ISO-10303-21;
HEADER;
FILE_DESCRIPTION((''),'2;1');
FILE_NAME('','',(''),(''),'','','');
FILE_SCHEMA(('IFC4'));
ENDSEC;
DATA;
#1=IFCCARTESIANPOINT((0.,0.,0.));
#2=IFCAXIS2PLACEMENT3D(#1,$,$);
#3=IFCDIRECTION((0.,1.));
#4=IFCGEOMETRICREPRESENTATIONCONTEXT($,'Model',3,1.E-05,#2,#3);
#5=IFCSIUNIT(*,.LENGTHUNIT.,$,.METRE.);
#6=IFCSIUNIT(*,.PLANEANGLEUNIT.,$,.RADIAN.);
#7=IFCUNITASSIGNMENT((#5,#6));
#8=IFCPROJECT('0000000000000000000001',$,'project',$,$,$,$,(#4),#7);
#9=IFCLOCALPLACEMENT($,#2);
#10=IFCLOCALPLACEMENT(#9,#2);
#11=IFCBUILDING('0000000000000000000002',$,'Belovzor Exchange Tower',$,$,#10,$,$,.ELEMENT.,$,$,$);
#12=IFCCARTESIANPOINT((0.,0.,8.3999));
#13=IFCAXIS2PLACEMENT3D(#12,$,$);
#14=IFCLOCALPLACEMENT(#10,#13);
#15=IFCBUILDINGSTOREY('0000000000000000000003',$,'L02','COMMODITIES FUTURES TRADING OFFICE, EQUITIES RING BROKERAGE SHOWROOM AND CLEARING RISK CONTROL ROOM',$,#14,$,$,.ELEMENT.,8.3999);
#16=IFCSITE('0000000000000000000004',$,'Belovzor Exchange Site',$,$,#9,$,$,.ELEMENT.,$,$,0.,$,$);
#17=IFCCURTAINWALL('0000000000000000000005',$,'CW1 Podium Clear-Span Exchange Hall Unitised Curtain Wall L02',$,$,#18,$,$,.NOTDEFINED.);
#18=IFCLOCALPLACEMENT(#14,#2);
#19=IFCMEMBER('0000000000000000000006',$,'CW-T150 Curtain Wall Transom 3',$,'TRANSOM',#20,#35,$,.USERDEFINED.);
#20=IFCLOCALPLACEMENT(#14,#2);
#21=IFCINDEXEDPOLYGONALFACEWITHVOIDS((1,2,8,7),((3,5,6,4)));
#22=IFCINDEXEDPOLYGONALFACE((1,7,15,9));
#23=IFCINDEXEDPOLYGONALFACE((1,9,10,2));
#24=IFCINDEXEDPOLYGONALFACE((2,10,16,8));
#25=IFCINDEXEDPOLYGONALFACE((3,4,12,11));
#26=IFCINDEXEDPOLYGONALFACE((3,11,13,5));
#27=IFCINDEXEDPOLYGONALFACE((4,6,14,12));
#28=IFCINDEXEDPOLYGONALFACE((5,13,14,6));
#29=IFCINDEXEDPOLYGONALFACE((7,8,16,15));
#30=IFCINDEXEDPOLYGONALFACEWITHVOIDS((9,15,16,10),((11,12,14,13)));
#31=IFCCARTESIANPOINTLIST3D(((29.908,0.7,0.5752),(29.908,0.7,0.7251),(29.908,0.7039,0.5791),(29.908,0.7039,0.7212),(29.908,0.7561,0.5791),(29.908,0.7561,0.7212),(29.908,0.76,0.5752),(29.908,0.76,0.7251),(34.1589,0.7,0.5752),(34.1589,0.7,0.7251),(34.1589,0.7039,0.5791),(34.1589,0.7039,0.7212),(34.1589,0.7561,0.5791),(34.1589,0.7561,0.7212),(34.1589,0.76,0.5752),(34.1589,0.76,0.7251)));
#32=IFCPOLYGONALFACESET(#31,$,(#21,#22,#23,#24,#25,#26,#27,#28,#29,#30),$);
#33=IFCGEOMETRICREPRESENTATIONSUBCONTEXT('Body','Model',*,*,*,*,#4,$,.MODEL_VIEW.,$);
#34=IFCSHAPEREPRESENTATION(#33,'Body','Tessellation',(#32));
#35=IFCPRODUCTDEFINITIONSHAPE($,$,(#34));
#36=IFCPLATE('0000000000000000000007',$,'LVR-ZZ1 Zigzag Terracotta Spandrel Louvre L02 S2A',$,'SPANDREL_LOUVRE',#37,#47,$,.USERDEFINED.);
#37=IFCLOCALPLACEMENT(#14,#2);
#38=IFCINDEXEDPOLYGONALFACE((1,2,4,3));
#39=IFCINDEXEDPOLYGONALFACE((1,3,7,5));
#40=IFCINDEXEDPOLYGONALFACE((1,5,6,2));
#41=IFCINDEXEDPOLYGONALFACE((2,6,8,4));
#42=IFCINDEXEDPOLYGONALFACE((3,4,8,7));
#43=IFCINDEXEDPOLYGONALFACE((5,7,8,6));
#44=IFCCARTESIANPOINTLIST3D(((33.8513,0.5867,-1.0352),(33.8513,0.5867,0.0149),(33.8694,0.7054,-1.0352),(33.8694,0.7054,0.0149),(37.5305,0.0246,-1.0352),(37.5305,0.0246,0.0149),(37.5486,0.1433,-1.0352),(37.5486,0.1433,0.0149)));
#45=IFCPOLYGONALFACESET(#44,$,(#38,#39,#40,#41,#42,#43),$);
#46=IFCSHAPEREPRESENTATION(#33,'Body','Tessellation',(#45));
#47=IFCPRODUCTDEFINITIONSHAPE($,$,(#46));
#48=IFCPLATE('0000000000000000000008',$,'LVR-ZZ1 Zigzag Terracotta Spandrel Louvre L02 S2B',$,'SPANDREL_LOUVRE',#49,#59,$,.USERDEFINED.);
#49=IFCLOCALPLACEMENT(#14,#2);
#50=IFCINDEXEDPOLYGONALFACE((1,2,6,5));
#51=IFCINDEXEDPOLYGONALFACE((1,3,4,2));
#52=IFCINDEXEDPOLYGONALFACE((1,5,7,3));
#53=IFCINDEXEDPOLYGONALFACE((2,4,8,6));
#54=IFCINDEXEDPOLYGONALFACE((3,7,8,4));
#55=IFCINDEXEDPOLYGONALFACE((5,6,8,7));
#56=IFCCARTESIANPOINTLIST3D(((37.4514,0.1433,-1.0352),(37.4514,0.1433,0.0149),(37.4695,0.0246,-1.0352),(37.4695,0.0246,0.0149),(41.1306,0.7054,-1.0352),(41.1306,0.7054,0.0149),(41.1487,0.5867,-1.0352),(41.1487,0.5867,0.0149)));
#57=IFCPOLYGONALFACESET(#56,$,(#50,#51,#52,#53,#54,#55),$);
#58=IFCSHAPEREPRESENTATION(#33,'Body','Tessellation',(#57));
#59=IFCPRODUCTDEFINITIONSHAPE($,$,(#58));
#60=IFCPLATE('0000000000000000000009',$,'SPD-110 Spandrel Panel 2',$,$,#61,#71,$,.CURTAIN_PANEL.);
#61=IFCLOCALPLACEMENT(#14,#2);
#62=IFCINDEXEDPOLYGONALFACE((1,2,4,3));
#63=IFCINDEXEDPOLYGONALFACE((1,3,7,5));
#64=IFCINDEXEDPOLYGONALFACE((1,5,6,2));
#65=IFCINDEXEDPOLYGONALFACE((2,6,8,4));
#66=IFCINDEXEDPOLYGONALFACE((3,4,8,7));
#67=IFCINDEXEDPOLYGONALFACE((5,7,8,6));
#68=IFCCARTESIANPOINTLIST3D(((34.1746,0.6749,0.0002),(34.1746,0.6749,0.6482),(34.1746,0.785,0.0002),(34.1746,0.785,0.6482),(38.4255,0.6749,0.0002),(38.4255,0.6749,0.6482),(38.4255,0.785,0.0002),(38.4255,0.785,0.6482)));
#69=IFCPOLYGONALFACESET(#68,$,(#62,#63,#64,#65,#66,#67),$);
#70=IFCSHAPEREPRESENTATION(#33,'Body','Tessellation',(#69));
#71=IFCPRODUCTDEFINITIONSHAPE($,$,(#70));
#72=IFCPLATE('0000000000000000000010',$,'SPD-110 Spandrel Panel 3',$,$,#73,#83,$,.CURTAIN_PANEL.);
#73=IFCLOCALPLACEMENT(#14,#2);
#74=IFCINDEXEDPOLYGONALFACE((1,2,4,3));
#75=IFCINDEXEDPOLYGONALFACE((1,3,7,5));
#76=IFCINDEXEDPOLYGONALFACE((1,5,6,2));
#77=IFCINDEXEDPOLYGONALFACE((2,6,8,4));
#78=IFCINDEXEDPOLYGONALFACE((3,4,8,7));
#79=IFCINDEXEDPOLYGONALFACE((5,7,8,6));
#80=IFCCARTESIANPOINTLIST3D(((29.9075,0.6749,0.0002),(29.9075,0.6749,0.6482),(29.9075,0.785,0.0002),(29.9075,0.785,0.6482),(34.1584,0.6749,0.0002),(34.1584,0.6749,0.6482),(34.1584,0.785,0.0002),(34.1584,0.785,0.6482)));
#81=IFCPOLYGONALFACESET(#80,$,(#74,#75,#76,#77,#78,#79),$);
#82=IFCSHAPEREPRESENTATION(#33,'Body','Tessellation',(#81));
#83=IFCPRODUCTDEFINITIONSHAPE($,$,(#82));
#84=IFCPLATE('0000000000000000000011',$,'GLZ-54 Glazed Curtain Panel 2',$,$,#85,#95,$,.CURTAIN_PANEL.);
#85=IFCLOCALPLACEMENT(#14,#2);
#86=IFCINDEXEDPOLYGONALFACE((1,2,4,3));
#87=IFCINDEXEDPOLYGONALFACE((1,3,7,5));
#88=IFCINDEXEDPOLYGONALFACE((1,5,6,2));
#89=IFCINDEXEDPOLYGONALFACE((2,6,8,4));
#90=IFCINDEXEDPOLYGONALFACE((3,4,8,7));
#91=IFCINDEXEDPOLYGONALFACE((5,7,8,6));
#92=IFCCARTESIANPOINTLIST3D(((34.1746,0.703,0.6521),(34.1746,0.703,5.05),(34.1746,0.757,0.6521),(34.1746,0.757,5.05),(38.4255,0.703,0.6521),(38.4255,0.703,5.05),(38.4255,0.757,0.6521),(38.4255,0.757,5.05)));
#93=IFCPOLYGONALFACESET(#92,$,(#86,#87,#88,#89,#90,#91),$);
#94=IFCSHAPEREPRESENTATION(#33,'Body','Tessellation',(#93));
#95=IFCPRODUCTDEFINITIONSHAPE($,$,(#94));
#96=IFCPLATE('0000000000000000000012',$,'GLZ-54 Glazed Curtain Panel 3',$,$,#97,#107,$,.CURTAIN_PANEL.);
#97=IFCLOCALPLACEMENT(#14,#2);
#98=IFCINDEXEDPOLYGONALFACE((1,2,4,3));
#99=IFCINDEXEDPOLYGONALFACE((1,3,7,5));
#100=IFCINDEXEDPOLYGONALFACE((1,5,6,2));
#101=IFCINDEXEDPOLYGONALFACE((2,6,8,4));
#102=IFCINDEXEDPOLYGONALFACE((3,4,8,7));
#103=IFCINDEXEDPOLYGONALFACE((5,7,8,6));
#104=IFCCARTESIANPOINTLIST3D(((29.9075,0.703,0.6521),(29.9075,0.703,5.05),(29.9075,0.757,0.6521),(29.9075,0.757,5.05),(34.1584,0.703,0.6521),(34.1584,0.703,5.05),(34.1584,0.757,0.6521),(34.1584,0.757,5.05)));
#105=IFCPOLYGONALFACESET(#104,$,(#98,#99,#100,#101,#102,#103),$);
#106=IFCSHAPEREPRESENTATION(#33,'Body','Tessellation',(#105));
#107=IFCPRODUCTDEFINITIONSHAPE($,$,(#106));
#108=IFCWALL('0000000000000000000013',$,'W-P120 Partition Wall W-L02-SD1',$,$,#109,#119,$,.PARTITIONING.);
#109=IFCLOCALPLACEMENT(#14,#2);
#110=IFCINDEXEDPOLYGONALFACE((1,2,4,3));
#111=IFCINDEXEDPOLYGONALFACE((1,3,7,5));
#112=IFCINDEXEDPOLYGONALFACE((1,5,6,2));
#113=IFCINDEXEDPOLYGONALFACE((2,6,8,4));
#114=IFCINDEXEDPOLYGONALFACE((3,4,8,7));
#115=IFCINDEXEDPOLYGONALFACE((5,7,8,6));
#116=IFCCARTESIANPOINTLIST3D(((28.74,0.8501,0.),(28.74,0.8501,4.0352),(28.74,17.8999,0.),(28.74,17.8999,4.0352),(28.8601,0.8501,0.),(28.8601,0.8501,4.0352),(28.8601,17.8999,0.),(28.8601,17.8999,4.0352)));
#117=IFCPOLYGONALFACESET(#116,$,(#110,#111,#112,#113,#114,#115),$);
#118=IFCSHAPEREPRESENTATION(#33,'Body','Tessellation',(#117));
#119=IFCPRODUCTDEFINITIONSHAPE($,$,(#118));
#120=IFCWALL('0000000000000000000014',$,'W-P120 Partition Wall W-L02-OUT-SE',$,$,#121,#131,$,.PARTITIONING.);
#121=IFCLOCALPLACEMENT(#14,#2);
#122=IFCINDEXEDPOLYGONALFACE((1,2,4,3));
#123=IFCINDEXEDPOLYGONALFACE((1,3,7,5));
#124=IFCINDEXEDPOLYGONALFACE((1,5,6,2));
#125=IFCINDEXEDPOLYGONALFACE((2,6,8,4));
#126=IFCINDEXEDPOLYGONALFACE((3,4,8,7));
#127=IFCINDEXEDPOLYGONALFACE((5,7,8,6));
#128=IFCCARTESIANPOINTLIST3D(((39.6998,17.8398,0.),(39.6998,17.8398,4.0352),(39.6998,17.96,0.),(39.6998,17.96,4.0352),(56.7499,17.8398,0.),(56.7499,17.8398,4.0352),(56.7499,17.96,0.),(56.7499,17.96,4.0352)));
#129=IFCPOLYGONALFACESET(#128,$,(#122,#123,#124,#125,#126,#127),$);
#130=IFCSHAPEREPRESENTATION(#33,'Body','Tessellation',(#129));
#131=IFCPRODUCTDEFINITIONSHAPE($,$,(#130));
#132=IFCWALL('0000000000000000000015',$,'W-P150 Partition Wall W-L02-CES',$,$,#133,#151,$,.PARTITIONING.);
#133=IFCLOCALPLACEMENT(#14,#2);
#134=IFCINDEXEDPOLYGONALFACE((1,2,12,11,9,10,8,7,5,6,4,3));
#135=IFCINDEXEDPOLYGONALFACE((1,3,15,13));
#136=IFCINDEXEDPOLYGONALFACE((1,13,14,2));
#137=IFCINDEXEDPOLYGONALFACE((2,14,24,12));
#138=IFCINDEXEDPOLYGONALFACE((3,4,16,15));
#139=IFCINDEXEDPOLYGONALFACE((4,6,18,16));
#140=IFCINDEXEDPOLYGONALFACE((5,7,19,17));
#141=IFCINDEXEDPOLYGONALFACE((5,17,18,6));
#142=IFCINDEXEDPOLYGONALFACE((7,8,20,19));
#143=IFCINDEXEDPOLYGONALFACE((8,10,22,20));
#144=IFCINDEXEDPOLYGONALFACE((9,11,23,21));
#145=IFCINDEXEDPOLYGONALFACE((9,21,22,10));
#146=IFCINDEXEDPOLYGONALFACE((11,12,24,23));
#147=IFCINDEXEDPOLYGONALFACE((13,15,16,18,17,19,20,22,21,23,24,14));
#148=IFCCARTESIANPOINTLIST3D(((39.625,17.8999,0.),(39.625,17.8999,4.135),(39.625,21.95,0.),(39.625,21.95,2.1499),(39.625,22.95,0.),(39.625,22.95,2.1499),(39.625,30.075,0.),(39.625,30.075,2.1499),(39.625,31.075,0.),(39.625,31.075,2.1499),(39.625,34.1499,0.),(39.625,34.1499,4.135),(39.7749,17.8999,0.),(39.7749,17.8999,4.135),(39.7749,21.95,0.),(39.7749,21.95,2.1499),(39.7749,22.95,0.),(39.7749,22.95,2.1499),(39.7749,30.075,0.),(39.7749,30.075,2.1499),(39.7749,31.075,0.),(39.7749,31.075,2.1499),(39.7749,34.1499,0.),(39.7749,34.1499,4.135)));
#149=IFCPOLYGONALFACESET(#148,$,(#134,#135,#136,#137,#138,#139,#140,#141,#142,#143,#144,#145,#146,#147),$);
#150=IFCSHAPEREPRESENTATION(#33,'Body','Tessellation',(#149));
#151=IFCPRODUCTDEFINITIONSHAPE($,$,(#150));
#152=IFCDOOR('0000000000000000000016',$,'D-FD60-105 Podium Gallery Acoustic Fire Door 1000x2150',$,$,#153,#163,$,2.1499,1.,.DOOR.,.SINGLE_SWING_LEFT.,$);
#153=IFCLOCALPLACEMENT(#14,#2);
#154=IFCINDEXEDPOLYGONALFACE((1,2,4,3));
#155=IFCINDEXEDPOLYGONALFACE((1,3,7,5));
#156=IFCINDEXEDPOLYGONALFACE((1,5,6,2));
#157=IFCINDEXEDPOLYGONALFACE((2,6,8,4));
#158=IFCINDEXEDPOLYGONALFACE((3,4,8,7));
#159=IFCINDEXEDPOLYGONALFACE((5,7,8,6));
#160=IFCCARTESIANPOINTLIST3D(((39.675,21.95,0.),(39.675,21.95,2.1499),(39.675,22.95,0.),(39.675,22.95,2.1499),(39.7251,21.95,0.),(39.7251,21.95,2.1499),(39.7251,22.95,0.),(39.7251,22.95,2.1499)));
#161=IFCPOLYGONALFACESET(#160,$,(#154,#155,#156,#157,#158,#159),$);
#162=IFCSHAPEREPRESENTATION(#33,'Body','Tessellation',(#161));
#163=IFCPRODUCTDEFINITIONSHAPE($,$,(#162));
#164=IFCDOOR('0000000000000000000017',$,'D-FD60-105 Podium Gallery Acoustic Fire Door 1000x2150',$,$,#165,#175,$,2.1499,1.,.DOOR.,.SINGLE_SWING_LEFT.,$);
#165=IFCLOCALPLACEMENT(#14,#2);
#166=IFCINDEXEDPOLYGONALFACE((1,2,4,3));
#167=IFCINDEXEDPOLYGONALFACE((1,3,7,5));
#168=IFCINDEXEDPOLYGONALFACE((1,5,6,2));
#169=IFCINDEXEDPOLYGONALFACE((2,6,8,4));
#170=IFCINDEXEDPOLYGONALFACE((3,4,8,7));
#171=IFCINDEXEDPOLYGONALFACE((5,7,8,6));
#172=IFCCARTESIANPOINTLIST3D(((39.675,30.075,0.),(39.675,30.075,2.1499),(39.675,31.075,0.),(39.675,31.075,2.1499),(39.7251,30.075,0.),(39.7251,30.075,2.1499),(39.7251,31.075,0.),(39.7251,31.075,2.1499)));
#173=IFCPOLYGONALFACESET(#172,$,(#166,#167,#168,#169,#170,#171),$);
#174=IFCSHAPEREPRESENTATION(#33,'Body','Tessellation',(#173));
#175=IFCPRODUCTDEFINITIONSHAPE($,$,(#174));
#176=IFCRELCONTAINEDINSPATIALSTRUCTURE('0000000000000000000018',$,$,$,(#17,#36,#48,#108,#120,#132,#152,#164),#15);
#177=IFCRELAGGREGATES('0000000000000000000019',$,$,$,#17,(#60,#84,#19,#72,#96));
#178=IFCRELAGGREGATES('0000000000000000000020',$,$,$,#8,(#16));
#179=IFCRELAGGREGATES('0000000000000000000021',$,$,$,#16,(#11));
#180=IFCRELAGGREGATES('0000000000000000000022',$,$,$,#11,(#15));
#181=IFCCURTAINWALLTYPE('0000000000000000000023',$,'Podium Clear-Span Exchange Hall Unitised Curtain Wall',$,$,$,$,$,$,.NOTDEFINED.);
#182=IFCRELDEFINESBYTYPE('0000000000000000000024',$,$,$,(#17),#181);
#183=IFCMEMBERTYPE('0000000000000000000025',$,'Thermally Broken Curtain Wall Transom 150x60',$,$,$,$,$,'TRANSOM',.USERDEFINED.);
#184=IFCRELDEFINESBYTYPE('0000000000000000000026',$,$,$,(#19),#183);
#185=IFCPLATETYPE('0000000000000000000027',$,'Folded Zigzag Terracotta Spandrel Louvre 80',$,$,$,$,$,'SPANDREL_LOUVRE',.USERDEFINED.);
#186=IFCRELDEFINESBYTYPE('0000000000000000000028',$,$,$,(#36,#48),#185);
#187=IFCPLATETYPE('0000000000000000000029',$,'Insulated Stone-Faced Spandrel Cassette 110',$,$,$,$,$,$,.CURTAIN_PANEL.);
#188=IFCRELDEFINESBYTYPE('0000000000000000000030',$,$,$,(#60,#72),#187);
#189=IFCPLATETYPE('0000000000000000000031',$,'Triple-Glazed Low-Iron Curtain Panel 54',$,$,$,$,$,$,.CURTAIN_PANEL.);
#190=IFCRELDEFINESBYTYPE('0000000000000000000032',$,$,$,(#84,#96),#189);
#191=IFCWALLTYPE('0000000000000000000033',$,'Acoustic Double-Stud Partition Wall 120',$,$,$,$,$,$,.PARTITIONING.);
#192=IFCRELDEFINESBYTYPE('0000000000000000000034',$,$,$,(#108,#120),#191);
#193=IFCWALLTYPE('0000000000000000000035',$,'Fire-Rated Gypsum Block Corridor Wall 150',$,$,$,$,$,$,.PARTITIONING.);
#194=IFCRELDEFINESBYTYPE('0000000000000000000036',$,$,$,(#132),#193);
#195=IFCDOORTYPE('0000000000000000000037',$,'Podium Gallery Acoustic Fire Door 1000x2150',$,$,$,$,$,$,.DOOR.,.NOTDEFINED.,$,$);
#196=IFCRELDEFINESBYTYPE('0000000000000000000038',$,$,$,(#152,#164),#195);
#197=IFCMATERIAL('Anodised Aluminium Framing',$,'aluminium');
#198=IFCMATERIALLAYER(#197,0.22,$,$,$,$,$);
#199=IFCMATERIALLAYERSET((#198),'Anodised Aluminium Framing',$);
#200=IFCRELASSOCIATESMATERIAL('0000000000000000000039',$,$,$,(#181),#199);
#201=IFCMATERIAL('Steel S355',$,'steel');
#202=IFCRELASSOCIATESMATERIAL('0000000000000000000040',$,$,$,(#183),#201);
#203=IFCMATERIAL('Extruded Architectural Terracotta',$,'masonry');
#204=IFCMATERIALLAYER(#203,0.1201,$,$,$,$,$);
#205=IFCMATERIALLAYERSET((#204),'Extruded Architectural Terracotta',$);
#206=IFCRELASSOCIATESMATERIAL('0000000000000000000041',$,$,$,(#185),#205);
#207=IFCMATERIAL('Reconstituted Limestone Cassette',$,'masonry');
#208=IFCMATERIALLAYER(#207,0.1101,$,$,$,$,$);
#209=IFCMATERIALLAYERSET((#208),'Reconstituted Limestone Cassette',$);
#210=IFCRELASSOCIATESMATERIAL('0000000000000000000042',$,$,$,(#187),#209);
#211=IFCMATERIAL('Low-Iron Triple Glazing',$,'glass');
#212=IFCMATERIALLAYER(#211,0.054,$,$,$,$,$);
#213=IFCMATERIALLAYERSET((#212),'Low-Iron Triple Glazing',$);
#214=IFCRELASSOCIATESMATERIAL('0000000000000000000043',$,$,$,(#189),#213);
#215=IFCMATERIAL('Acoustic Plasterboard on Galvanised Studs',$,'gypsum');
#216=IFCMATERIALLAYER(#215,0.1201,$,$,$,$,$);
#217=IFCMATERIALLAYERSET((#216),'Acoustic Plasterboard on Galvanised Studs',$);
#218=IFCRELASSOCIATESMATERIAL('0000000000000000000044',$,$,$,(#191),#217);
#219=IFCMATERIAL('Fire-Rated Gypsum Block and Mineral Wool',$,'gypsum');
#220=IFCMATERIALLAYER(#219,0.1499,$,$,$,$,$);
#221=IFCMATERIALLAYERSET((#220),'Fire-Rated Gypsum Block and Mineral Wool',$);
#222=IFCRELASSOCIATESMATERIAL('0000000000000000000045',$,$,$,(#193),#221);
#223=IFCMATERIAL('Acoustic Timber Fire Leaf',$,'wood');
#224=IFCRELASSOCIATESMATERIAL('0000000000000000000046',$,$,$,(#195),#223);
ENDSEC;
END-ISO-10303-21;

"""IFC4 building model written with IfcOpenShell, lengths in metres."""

from ifc_helpers import new_model, si_unit, direction, frame, frame_2d, origin, origin_2d, place, context, subcontext, project, spatial, rectangle, hollow_rectangle, extrude, material, layer, layer_set, material_profile, profile_set, type_object, element, fill, aggregate, save


model = new_model("IFC4")

# Units and contexts
model_context = context("Model", 3, precision=1e-05, world=origin(), true_north=direction((0.0, 1.0)))
body_context = subcontext(model_context, "Body", "Model", "MODEL_VIEW")
ifc_project = project(units=[si_unit("LENGTHUNIT", "METRE"), si_unit("PLANEANGLEUNIT", "RADIAN")], contexts=[model_context])

# Site, building, storey
site_placement = place(None, origin())
site = spatial("IfcSite", under=ifc_project, at=site_placement, Name="Belovzor Exchange Site", CompositionType="ELEMENT", RefElevation=0.0)
building_placement = place(site_placement, origin())
building = spatial("IfcBuilding", under=site, at=building_placement, Name="Belovzor Exchange Tower", CompositionType="ELEMENT")
storey_placement = place(building_placement, frame((0.0, 0.0, 8.3999)))
storey = spatial("IfcBuildingStorey", under=building, at=storey_placement, Name="L02", Description="COMMODITIES FUTURES TRADING OFFICE, EQUITIES RING BROKERAGE SHOWROOM AND CLEARING RISK CONTROL ROOM", CompositionType="ELEMENT", Elevation=8.3999)

# Curtain wall, member
ifc_material_1 = material(Name="Anodised Aluminium Framing", Category="aluminium")
ifc_layer_1 = layer(ifc_material_1, 0.22)
ifc_layer_set_1 = layer_set([ifc_layer_1], Name="Anodised Aluminium Framing")
curtain_wall_type = type_object("IfcCurtainWallType", Name="Podium Clear-Span Exchange Hall Unitised Curtain Wall", PredefinedType="NOTDEFINED", material=ifc_layer_set_1)
curtain_wall_placement = place(storey_placement, origin())
curtain_wall = element("IfcCurtainWall", 1, at=curtain_wall_placement, inside=storey, type_object=curtain_wall_type, Name="CW1 Podium Clear-Span Exchange Hall Unitised Curtain Wall L02", PredefinedType="NOTDEFINED")
ifc_material_2 = material(Name="Steel S355", Category="steel")
ifc_material_profile_1 = material_profile(ifc_material_2, hollow_rectangle(XDim=0.0601, YDim=0.1499, WallThickness=0.0039, at=origin_2d()))
ifc_profile_set_1 = profile_set([ifc_material_profile_1], Name="Steel S355")
member_type_1 = type_object("IfcMemberType", Name="Thermally Broken Curtain Wall Transom 150x60", ElementType="TRANSOM", PredefinedType="USERDEFINED", material=ifc_profile_set_1)
member_1_placement = place(storey_placement, frame((34.1589, 0.73, 0.6501), z_axis=(-1.0, 0.0, 0.0), x_axis=(0.0, -1.0, 0.0)))
member_1 = element("IfcMember", 2, at=member_1_placement, type_object=member_type_1, Name="CW-T150 Curtain Wall Transom 3", ObjectType="TRANSOM", PredefinedType="USERDEFINED", context=body_context, shape_type="SweptSolid", body=[
    extrude(hollow_rectangle(XDim=0.0601, YDim=0.1499, WallThickness=0.0039, at=origin_2d()), origin(), (0.0, 0.0, 1.0), 4.251),
])

# Plates
ifc_material_3 = material(Name="Extruded Architectural Terracotta", Category="masonry")
ifc_layer_2 = layer(ifc_material_3, 0.1201)
ifc_layer_set_2 = layer_set([ifc_layer_2], Name="Extruded Architectural Terracotta")
plate_type_1 = type_object("IfcPlateType", Name="Folded Zigzag Terracotta Spandrel Louvre 80", ElementType="SPANDREL_LOUVRE", PredefinedType="USERDEFINED", material=ifc_layer_set_2)
for number, where, z_axis, x_axis, name in (
    (3, (35.7, 0.365, -1.0352), (0.0, 0.0, 1.0), (0.988531, -0.151019, 0.0), "LVR-ZZ1 Zigzag Terracotta Spandrel Louvre L02 S2A"),
    (4, (39.3, 0.365, -1.0352), (0.0, 0.0, 1.0), (0.988531, 0.151019, 0.0), "LVR-ZZ1 Zigzag Terracotta Spandrel Louvre L02 S2B"),
):
    element("IfcPlate", number, at=place(storey_placement, frame(where, z_axis=z_axis, x_axis=x_axis)), inside=storey, type_object=plate_type_1, Name=name, ObjectType="SPANDREL_LOUVRE", PredefinedType="USERDEFINED", context=body_context, shape_type="SweptSolid", body=[
        extrude(rectangle(XDim=3.7219, YDim=0.1201, at=origin_2d()), origin(), (0.0, 0.0, 1.0), 1.05),
    ])

# Plates
ifc_material_4 = material(Name="Reconstituted Limestone Cassette", Category="masonry")
ifc_layer_3 = layer(ifc_material_4, 0.1101)
ifc_layer_set_3 = layer_set([ifc_layer_3], Name="Reconstituted Limestone Cassette")
plate_type_2 = type_object("IfcPlateType", Name="Insulated Stone-Faced Spandrel Cassette 110", PredefinedType="CURTAIN_PANEL", material=ifc_layer_set_3)
plate_1_placement = place(storey_placement, frame((36.3, 0.73, 0.0002), z_axis=(0.0, 0.0, 1.0), x_axis=(-1.0, 0.0, 0.0)))
plate_1 = element("IfcPlate", 5, at=plate_1_placement, type_object=plate_type_2, Name="SPD-110 Spandrel Panel 2", PredefinedType="CURTAIN_PANEL", context=body_context, shape_type="SweptSolid", body=[
    extrude(rectangle(XDim=4.251, YDim=0.1101, at=origin_2d()), origin(), (0.0, 0.0, 1.0), 0.6479),
])
plate_2_placement = place(storey_placement, frame((32.033, 0.73, 0.0002), z_axis=(0.0, 0.0, 1.0), x_axis=(-1.0, 0.0, 0.0)))
plate_2 = element("IfcPlate", 6, at=plate_2_placement, type_object=plate_type_2, Name="SPD-110 Spandrel Panel 3", PredefinedType="CURTAIN_PANEL", context=body_context, shape_type="SweptSolid", body=[
    extrude(rectangle(XDim=4.251, YDim=0.1101, at=origin_2d()), origin(), (0.0, 0.0, 1.0), 0.6479),
])
ifc_material_5 = material(Name="Low-Iron Triple Glazing", Category="glass")
ifc_layer_4 = layer(ifc_material_5, 0.054)
ifc_layer_set_4 = layer_set([ifc_layer_4], Name="Low-Iron Triple Glazing")
plate_type_3 = type_object("IfcPlateType", Name="Triple-Glazed Low-Iron Curtain Panel 54", PredefinedType="CURTAIN_PANEL", material=ifc_layer_set_4)
plate_3_placement = place(storey_placement, frame((36.3, 0.73, 0.6521), z_axis=(0.0, 0.0, 1.0), x_axis=(-1.0, 0.0, 0.0)))
plate_3 = element("IfcPlate", 7, at=plate_3_placement, type_object=plate_type_3, Name="GLZ-54 Glazed Curtain Panel 2", PredefinedType="CURTAIN_PANEL", context=body_context, shape_type="SweptSolid", body=[
    extrude(rectangle(XDim=4.251, YDim=0.054, at=origin_2d()), origin(), (0.0, 0.0, 1.0), 4.3979),
])
plate_4_placement = place(storey_placement, frame((32.033, 0.73, 0.6521), z_axis=(0.0, 0.0, 1.0), x_axis=(-1.0, 0.0, 0.0)))
plate_4 = element("IfcPlate", 8, at=plate_4_placement, type_object=plate_type_3, Name="GLZ-54 Glazed Curtain Panel 3", PredefinedType="CURTAIN_PANEL", context=body_context, shape_type="SweptSolid", body=[
    extrude(rectangle(XDim=4.251, YDim=0.054, at=origin_2d()), origin(), (0.0, 0.0, 1.0), 4.3979),
])
aggregate(curtain_wall, [plate_1, plate_3, member_1, plate_2, plate_4])

# Walls
ifc_material_6 = material(Name="Acoustic Plasterboard on Galvanised Studs", Category="gypsum")
ifc_layer_5 = layer(ifc_material_6, 0.1201)
ifc_layer_set_5 = layer_set([ifc_layer_5], Name="Acoustic Plasterboard on Galvanised Studs")
wall_type_1 = type_object("IfcWallType", Name="Acoustic Double-Stud Partition Wall 120", PredefinedType="PARTITIONING", material=ifc_layer_set_5)
wall_1_placement = place(storey_placement, frame((28.8, 0.8501, 0.0), z_axis=(0.0, 0.0, 1.0), x_axis=(0.0, 1.0, 0.0)))
element("IfcWall", 9, at=wall_1_placement, inside=storey, type_object=wall_type_1, Name="W-P120 Partition Wall W-L02-SD1", PredefinedType="PARTITIONING", context=body_context, shape_type="SweptSolid", body=[
    extrude(rectangle(XDim=17.0498, YDim=0.1201, at=frame_2d((8.5249, 0.0))), origin(), (0.0, 0.0, 1.0), 4.0352),
])
wall_2_placement = place(storey_placement, frame((39.7, 17.8999, 0.0), z_axis=(0.0, 0.0, 1.0), x_axis=(1.0, 0.0, 0.0)))
element("IfcWall", 10, at=wall_2_placement, inside=storey, type_object=wall_type_1, Name="W-P120 Partition Wall W-L02-OUT-SE", PredefinedType="PARTITIONING", context=body_context, shape_type="SweptSolid", body=[
    extrude(rectangle(XDim=17.05, YDim=0.1201, at=frame_2d((8.5249, 0.0))), origin(), (0.0, 0.0, 1.0), 4.0352),
])

# Wall, openings, doors
ifc_material_7 = material(Name="Fire-Rated Gypsum Block and Mineral Wool", Category="gypsum")
ifc_layer_6 = layer(ifc_material_7, 0.1499)
ifc_layer_set_6 = layer_set([ifc_layer_6], Name="Fire-Rated Gypsum Block and Mineral Wool")
wall_type_2 = type_object("IfcWallType", Name="Fire-Rated Gypsum Block Corridor Wall 150", PredefinedType="PARTITIONING", material=ifc_layer_set_6)
wall_3_placement = place(storey_placement, frame((39.7, 17.8999, 0.0), z_axis=(0.0, 0.0, 1.0), x_axis=(0.0, 1.0, 0.0)))
wall_3 = element("IfcWall", 11, at=wall_3_placement, inside=storey, type_object=wall_type_2, Name="W-P150 Partition Wall W-L02-CES", PredefinedType="PARTITIONING", context=body_context, shape_type="SweptSolid", body=[
    extrude(rectangle(XDim=16.25, YDim=0.1499, at=frame_2d((8.125, 0.0))), origin(), (0.0, 0.0, 1.0), 4.135),
])
opening_1_placement = place(wall_3_placement, frame((4.05, 0.0, 0.0)))
opening_1 = element("IfcOpeningElement", 12, at=opening_1_placement, cuts=wall_3, PredefinedType="OPENING", context=body_context, shape_type="SweptSolid", body=[
    extrude(rectangle(XDim=1.0, YDim=2.1499, at=frame_2d((0.5, 1.075))), frame((0.0, 0.085, 0.0), z_axis=(0.0, -1.0, 0.0), x_axis=(1.0, 0.0, 0.0)), (0.0, 0.0, 1.0), 0.1699),
])
opening_2_placement = place(wall_3_placement, frame((12.175, 0.0, 0.0)))
opening_2 = element("IfcOpeningElement", 13, at=opening_2_placement, cuts=wall_3, PredefinedType="OPENING", context=body_context, shape_type="SweptSolid", body=[
    extrude(rectangle(XDim=1.0, YDim=2.1499, at=frame_2d((0.5, 1.075))), frame((0.0, 0.085, 0.0), z_axis=(0.0, -1.0, 0.0), x_axis=(1.0, 0.0, 0.0)), (0.0, 0.0, 1.0), 0.1699),
])
ifc_material_8 = material(Name="Acoustic Timber Fire Leaf", Category="wood")
door_type = type_object("IfcDoorType", Name="Podium Gallery Acoustic Fire Door 1000x2150", OperationType="NOTDEFINED", PredefinedType="DOOR", material=ifc_material_8)
door_1_placement = place(opening_1_placement, origin())
door_1 = element("IfcDoor", 14, at=door_1_placement, inside=storey, type_object=door_type, Name="D-FD60-105 Podium Gallery Acoustic Fire Door 1000x2150", OperationType="SINGLE_SWING_LEFT", OverallHeight=2.1499, OverallWidth=1.0, PredefinedType="DOOR", context=body_context, shape_type="SweptSolid", body=[
    extrude(rectangle(XDim=1.0, YDim=2.1499, at=frame_2d((0.5, 1.075))), frame((0.0, 0.0249, 0.0), z_axis=(0.0, -1.0, 0.0), x_axis=(1.0, 0.0, 0.0)), (0.0, 0.0, 1.0), 0.05),
])
fill(opening_1, door_1)
door_2_placement = place(opening_2_placement, origin())
door_2 = element("IfcDoor", 15, at=door_2_placement, inside=storey, type_object=door_type, Name="D-FD60-105 Podium Gallery Acoustic Fire Door 1000x2150", OperationType="SINGLE_SWING_LEFT", OverallHeight=2.1499, OverallWidth=1.0, PredefinedType="DOOR", context=body_context, shape_type="SweptSolid", body=[
    extrude(rectangle(XDim=1.0, YDim=2.1499, at=frame_2d((0.5, 1.075))), frame((0.0, 0.0249, 0.0), z_axis=(0.0, -1.0, 0.0), x_axis=(1.0, 0.0, 0.0)), (0.0, 0.0, 1.0), 0.05),
])
fill(opening_2, door_2)

save(model, "model.ifc")
